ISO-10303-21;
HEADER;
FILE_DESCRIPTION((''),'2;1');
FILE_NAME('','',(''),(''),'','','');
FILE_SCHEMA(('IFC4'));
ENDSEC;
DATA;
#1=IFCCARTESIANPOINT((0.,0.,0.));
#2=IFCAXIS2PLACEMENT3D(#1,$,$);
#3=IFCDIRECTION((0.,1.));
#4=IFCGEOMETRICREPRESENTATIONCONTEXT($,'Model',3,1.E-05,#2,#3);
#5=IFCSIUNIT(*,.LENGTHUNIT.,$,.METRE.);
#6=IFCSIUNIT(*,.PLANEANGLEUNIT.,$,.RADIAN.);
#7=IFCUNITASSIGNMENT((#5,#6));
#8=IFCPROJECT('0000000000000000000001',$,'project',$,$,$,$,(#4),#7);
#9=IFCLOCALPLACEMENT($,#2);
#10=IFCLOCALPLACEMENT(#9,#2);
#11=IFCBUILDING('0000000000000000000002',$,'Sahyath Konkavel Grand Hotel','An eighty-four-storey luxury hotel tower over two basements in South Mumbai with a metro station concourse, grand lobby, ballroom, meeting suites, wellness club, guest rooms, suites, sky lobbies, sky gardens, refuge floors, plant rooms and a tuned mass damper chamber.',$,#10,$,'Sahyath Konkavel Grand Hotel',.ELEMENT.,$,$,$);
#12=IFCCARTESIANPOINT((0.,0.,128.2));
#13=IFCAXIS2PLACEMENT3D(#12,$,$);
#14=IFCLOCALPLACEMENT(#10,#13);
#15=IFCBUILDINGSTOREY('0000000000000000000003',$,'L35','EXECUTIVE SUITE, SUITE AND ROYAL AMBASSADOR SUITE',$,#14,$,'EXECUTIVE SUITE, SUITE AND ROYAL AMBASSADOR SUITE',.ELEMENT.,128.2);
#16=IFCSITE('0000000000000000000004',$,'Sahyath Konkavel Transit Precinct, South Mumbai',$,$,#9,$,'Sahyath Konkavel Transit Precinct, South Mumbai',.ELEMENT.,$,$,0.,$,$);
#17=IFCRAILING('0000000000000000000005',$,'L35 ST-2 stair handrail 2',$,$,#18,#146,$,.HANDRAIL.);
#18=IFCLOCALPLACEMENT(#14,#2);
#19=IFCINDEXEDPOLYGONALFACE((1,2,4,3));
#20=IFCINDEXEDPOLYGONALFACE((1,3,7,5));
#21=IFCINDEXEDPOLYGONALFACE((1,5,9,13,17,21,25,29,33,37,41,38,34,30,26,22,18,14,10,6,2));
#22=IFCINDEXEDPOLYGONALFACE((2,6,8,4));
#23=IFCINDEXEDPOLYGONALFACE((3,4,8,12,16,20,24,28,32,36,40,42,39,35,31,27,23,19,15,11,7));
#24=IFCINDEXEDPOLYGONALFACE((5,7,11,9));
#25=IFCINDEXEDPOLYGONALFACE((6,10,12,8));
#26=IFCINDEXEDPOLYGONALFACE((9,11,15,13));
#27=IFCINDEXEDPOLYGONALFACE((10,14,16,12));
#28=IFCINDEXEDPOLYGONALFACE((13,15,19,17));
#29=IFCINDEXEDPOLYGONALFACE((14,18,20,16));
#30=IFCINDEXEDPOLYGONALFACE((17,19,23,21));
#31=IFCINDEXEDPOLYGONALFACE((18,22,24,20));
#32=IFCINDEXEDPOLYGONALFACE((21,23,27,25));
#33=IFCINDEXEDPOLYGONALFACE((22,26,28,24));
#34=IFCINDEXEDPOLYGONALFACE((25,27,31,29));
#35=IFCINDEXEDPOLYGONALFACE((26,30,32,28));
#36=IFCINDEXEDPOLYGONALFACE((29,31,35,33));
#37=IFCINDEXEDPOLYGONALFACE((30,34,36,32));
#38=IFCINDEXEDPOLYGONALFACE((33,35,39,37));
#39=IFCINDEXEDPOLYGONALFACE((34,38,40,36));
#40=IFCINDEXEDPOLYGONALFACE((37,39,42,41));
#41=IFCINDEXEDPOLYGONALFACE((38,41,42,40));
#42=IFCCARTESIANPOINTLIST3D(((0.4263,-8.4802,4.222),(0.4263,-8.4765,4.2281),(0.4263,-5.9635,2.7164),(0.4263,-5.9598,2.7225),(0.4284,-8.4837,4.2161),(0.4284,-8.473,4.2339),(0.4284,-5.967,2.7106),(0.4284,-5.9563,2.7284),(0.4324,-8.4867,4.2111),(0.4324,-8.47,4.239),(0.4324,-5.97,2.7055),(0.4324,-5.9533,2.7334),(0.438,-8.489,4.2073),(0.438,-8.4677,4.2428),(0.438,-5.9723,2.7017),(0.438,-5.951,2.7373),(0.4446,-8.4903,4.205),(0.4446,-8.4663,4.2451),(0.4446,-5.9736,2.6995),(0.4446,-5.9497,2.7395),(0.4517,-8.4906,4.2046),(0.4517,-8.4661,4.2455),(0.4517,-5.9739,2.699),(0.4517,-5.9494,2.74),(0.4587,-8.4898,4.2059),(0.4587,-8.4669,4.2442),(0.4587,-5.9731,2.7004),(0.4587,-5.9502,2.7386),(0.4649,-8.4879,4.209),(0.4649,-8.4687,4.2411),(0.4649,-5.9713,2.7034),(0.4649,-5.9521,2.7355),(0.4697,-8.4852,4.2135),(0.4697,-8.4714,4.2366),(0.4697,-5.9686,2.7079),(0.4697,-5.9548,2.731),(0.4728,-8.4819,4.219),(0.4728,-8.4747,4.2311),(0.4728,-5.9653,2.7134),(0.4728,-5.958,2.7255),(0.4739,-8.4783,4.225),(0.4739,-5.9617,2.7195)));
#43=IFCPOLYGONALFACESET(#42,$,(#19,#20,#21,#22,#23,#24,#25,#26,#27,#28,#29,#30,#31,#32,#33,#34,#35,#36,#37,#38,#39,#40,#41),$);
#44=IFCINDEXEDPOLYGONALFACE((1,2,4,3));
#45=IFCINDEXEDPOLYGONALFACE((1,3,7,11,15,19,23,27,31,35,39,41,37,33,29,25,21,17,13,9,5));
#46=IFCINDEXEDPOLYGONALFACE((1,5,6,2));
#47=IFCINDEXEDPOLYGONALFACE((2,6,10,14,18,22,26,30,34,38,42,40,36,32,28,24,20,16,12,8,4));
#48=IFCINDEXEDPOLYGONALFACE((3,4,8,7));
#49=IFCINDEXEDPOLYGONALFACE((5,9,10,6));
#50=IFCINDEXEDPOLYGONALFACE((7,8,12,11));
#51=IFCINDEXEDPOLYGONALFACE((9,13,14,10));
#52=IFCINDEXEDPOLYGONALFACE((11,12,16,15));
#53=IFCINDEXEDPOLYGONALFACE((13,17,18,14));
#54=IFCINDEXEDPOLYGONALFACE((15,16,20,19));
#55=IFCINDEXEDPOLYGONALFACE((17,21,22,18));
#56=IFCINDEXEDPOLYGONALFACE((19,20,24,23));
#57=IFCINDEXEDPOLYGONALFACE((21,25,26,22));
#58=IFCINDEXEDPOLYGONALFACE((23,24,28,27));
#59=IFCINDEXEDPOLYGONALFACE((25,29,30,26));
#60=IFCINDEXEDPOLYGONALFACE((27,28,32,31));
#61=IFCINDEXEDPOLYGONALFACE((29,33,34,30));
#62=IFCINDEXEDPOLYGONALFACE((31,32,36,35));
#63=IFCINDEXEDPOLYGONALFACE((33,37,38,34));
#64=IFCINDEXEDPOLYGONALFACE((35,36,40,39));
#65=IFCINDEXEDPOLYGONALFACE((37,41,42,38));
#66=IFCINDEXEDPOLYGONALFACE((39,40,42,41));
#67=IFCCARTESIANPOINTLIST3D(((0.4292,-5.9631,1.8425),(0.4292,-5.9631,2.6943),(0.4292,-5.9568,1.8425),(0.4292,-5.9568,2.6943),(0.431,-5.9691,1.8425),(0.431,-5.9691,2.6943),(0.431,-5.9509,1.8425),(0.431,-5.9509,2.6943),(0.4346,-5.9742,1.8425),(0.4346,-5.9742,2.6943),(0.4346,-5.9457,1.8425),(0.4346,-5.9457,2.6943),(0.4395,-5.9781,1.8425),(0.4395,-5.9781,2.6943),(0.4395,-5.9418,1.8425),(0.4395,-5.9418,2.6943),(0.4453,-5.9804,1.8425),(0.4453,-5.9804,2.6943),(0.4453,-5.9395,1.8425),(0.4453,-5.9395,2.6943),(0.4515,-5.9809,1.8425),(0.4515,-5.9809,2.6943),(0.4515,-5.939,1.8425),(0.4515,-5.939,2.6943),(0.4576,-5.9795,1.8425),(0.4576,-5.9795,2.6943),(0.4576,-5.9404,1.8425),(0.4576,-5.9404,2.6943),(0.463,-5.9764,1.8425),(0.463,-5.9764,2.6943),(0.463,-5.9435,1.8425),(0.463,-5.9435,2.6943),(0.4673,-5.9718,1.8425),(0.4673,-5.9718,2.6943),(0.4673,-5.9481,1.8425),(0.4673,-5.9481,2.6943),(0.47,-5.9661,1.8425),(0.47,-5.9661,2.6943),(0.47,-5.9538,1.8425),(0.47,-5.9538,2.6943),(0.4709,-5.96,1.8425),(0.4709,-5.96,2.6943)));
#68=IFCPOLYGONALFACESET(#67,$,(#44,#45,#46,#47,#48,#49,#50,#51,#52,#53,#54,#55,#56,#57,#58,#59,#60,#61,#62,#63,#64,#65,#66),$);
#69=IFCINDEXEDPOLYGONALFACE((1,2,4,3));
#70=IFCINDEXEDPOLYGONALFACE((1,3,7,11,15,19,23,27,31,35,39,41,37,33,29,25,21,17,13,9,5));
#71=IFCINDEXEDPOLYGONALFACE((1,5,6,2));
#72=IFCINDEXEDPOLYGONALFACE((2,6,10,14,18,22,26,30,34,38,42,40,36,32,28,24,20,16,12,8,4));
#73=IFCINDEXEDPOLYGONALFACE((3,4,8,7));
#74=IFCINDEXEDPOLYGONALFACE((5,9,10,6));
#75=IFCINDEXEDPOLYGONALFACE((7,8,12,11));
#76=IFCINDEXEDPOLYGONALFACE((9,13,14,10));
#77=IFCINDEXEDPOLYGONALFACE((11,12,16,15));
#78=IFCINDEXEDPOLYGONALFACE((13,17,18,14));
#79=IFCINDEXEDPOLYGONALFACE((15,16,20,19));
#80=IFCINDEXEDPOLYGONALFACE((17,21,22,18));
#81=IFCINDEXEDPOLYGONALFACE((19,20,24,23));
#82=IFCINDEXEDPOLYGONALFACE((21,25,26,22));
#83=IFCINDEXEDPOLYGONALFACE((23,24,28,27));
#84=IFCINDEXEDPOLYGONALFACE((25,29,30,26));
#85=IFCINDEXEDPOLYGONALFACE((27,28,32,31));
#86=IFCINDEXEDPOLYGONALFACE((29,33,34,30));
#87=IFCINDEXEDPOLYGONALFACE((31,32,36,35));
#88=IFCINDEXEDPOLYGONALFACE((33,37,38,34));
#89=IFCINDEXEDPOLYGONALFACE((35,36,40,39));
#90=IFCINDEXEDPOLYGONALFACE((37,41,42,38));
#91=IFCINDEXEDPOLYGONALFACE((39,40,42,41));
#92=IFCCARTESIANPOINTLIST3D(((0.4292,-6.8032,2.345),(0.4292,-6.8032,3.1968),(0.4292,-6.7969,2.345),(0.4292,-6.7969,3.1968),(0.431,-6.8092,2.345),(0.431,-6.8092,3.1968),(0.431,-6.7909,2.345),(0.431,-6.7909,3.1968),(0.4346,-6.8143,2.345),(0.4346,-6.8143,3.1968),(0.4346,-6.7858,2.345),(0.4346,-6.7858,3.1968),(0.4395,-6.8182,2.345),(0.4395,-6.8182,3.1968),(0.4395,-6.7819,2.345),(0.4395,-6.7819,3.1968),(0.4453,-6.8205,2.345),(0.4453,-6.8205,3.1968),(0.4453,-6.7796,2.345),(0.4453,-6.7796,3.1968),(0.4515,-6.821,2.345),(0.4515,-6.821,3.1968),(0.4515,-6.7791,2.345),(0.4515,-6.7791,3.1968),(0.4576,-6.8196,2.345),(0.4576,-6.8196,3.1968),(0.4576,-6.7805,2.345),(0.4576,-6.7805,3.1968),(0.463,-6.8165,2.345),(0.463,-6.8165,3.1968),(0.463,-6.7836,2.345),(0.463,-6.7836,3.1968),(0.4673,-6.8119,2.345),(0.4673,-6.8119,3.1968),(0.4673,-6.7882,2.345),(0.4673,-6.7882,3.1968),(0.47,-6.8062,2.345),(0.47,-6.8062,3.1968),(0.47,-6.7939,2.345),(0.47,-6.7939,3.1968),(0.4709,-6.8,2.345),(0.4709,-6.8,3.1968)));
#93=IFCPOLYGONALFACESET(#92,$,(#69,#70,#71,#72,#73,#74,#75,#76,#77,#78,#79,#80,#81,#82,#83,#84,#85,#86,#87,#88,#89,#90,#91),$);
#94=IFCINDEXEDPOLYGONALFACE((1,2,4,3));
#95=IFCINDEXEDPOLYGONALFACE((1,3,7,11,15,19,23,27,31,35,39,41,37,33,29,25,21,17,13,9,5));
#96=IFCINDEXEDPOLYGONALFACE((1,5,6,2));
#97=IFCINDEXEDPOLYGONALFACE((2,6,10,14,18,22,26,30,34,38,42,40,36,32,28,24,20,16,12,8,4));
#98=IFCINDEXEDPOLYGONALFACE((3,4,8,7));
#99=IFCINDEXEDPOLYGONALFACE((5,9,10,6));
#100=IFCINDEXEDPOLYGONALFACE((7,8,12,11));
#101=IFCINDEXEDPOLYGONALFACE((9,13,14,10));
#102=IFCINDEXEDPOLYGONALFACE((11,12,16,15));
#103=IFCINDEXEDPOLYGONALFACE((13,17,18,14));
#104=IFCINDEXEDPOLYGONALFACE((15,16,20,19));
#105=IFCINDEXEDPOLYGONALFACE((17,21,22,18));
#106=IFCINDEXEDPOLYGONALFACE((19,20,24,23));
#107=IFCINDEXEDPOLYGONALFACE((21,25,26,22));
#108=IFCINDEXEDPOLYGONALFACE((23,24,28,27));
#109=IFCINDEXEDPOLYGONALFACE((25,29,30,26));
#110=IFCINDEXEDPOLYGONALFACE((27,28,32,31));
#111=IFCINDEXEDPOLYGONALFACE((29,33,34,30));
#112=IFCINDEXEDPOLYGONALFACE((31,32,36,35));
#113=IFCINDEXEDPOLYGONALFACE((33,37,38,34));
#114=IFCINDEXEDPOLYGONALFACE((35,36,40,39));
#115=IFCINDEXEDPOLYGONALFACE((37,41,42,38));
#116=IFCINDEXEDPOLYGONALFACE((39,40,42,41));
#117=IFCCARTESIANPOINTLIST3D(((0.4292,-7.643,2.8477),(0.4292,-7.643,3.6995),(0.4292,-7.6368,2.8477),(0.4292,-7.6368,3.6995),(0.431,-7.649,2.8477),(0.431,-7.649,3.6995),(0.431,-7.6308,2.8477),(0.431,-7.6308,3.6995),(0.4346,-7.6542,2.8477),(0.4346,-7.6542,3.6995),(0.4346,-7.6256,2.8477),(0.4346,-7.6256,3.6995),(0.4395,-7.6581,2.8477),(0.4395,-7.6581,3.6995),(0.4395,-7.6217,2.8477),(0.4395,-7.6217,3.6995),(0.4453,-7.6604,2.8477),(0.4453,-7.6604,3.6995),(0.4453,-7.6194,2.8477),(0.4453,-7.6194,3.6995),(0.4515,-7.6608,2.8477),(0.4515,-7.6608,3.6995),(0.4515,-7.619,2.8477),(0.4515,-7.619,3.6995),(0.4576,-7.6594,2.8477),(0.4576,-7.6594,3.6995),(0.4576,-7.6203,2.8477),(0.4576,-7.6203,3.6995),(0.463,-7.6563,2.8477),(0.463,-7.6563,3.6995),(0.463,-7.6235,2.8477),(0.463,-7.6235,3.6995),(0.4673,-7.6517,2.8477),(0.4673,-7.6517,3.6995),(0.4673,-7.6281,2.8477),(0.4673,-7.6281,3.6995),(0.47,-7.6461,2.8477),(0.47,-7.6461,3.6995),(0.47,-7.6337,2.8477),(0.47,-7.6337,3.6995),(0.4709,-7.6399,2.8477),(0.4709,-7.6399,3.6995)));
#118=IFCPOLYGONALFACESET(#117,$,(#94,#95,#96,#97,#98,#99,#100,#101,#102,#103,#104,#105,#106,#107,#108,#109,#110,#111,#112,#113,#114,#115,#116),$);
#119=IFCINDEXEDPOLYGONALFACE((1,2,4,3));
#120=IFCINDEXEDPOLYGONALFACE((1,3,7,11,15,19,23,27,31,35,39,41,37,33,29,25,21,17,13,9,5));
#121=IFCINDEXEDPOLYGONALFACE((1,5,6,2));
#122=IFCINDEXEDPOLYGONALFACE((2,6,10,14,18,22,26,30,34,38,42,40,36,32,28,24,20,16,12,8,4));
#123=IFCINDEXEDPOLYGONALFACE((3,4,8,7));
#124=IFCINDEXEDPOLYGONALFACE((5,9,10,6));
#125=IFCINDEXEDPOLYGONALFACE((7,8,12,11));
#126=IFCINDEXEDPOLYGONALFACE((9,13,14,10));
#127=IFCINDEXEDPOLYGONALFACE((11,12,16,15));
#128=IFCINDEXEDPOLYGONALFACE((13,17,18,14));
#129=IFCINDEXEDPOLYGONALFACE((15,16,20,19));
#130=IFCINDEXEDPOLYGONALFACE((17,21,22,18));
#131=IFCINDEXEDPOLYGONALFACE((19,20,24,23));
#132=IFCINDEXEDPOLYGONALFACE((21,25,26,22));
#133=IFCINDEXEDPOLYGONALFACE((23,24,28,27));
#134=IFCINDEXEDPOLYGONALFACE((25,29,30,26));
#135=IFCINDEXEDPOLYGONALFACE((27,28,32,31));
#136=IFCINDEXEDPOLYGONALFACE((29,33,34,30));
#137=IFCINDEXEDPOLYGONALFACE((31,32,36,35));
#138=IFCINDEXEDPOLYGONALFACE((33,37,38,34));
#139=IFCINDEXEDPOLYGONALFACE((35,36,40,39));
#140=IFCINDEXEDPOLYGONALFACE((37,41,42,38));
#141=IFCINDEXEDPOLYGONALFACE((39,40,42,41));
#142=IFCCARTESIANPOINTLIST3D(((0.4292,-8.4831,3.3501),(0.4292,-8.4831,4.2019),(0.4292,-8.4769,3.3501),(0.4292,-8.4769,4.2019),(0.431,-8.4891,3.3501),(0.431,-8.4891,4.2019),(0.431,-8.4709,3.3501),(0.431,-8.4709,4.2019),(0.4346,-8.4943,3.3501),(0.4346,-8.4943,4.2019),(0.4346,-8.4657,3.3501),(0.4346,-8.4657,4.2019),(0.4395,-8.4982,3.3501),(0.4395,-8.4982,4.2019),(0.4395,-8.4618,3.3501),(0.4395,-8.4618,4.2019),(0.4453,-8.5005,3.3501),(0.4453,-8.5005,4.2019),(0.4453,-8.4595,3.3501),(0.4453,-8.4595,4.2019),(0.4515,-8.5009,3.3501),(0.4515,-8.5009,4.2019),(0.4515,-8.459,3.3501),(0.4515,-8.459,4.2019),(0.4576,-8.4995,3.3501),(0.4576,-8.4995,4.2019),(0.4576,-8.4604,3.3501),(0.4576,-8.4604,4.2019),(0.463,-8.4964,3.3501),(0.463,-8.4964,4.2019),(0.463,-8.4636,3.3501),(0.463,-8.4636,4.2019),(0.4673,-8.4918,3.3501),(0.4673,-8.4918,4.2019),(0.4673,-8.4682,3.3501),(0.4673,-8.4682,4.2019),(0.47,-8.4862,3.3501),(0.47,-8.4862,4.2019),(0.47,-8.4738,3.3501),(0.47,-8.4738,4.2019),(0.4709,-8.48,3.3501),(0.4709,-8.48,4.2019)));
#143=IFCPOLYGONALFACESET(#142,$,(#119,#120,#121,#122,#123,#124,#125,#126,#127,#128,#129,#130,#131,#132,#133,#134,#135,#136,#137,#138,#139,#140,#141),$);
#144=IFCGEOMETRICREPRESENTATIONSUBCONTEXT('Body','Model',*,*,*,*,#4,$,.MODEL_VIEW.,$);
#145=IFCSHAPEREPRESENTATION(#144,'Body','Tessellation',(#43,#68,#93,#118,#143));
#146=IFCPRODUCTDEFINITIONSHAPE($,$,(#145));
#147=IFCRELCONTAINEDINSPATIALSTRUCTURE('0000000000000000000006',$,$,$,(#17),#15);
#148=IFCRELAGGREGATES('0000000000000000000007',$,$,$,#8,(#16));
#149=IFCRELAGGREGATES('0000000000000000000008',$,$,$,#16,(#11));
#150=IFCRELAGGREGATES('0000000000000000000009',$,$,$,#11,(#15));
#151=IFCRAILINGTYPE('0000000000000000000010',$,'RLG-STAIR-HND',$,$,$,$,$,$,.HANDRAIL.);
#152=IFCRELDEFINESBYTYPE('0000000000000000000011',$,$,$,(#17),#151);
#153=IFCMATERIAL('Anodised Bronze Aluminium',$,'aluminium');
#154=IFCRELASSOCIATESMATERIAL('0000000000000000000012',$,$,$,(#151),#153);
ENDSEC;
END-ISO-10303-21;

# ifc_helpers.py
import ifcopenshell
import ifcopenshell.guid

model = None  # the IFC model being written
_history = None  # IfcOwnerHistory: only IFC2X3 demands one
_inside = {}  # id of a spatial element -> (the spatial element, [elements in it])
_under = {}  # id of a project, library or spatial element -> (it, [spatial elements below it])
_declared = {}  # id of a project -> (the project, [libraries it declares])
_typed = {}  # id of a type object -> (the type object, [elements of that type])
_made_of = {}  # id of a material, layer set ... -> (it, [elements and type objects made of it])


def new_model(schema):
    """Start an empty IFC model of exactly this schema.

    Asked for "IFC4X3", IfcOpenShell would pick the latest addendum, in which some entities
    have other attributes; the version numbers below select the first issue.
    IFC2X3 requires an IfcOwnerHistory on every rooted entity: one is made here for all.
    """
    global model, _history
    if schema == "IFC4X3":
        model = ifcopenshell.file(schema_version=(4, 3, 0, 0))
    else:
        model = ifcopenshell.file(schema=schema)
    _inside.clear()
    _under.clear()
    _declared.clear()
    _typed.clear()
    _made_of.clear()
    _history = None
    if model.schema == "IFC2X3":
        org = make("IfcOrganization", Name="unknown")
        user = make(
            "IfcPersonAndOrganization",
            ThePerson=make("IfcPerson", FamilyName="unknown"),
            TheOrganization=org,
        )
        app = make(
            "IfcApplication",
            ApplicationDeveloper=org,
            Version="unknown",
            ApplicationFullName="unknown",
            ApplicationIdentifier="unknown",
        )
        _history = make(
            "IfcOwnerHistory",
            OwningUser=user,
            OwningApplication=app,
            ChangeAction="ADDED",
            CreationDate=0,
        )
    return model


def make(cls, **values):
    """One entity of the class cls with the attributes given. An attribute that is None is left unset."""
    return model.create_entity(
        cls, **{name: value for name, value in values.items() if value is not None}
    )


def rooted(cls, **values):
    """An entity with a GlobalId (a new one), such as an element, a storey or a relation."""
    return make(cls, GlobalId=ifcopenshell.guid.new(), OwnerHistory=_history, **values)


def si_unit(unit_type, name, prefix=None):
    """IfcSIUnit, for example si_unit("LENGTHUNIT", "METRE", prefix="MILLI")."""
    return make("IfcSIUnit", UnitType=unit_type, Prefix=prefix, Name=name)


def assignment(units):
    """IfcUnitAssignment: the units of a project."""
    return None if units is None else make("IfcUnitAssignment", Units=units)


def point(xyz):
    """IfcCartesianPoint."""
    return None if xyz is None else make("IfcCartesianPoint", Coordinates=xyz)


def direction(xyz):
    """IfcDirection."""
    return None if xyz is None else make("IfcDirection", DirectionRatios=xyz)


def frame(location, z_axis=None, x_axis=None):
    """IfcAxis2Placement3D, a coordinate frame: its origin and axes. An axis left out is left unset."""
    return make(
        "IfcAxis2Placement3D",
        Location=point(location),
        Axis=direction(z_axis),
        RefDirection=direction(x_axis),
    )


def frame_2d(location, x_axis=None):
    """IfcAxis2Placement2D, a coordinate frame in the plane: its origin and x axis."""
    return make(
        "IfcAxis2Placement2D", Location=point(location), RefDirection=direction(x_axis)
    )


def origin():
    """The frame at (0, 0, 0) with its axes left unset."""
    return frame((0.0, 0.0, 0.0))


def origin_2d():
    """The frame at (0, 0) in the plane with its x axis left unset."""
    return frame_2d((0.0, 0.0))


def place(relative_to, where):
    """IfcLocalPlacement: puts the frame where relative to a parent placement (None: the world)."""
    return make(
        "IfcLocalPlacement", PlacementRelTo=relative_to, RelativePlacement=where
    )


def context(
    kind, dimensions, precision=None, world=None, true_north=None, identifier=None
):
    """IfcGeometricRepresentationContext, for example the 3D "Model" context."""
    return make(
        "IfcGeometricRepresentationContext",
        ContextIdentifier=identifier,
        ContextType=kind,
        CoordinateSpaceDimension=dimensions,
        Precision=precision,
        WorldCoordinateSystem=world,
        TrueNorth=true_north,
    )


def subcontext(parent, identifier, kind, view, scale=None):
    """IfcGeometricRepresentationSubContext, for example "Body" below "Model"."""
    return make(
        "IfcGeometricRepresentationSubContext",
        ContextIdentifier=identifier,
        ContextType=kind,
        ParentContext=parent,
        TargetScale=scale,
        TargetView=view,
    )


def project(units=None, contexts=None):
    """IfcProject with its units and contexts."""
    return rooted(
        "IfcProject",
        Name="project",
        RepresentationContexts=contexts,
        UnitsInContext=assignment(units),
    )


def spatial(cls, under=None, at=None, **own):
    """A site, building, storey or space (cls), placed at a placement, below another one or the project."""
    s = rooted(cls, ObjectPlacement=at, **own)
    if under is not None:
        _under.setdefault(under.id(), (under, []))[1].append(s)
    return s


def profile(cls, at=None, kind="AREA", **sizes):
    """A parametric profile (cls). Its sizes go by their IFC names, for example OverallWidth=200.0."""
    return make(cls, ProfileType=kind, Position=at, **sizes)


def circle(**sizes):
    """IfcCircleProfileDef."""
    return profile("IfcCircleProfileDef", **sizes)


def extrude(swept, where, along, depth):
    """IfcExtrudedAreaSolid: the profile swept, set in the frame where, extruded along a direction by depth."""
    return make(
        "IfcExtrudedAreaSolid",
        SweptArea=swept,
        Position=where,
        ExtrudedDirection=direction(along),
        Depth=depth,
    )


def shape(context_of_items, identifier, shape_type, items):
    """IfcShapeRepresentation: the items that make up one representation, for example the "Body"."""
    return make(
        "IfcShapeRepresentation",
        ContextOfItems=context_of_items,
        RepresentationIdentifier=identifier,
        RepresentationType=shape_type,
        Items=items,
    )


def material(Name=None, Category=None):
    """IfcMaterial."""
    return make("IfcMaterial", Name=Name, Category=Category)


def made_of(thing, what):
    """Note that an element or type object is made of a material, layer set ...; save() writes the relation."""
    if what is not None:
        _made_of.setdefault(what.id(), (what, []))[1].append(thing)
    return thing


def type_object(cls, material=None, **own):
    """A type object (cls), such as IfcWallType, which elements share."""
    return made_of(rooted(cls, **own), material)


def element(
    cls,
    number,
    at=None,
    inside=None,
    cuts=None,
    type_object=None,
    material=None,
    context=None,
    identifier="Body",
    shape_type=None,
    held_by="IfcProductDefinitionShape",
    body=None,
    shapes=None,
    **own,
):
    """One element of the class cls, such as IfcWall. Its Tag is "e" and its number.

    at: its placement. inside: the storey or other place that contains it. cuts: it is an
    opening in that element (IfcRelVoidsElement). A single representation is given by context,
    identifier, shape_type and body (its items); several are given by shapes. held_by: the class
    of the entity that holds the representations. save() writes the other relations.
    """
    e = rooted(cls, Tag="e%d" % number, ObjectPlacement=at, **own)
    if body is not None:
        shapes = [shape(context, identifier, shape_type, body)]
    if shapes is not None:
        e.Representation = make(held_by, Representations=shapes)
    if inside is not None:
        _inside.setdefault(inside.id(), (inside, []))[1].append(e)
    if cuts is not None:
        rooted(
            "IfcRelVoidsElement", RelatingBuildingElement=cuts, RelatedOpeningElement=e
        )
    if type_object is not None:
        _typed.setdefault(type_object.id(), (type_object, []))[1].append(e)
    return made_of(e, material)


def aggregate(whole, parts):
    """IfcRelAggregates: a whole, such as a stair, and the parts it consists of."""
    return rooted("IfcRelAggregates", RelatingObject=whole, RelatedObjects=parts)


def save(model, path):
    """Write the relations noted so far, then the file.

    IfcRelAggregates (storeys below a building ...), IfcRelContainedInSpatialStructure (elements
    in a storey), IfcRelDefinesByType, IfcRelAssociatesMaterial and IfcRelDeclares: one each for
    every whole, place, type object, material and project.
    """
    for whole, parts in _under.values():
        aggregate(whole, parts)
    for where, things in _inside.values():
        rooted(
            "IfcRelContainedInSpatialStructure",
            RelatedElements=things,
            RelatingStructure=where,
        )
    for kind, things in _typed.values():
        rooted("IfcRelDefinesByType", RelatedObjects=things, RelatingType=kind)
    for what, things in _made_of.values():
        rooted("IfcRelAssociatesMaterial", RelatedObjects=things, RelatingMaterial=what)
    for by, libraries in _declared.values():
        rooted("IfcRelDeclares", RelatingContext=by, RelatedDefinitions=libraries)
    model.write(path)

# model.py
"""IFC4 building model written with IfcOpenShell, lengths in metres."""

from ifc_helpers import new_model, si_unit, direction, frame, origin, origin_2d, place, context, subcontext, project, spatial, circle, extrude, material, type_object, element, save


model = new_model("IFC4")

# Units and contexts
model_context = context("Model", 3, precision=1e-05, world=origin(), true_north=direction((0.0, 1.0)))
body_context = subcontext(model_context, "Body", "Model", "MODEL_VIEW")
ifc_project = project(units=[si_unit("LENGTHUNIT", "METRE"), si_unit("PLANEANGLEUNIT", "RADIAN")], contexts=[model_context])

# Site, building, storey
site_placement = place(None, origin())
site = spatial("IfcSite", under=ifc_project, at=site_placement, Name="Sahyath Konkavel Transit Precinct, South Mumbai", LongName="Sahyath Konkavel Transit Precinct, South Mumbai", CompositionType="ELEMENT", RefElevation=0.0)
building_placement = place(site_placement, origin())
building = spatial("IfcBuilding", under=site, at=building_placement, Name="Sahyath Konkavel Grand Hotel", Description="An eighty-four-storey luxury hotel tower over two basements in South Mumbai with a metro station concourse, grand lobby, ballroom, meeting suites, wellness club, guest rooms, suites, sky lobbies, sky gardens, refuge floors, plant rooms and a tuned mass damper chamber.", LongName="Sahyath Konkavel Grand Hotel", CompositionType="ELEMENT")
storey_placement = place(building_placement, frame((0.0, 0.0, 128.2)))
storey = spatial("IfcBuildingStorey", under=building, at=storey_placement, Name="L35", Description="EXECUTIVE SUITE, SUITE AND ROYAL AMBASSADOR SUITE", LongName="EXECUTIVE SUITE, SUITE AND ROYAL AMBASSADOR SUITE", CompositionType="ELEMENT", Elevation=128.2)

# Shared definitions
ifc_material_1 = material(Name="Anodised Bronze Aluminium", Category="aluminium")

# Railing
railing_type_1 = type_object("IfcRailingType", Name="RLG-STAIR-HND", PredefinedType="HANDRAIL", material=ifc_material_1)
railing_1_placement = place(storey_placement, frame((0.45, -5.96, 1.8425)))
element("IfcRailing", 1, at=railing_1_placement, inside=storey, type_object=railing_type_1, Name="L35 ST-2 stair handrail 2", PredefinedType="HANDRAIL", context=body_context, shape_type="SweptSolid", body=[
    extrude(circle(Radius=0.0239, at=origin_2d()), frame((0.0, -0.0017, 0.877), z_axis=(0.0, -0.85816, 0.513383), x_axis=(1.0, 0.0, 0.0)), (0.0, 0.0, 1.0), 2.9326),
    extrude(circle(Radius=0.021, at=origin_2d()), origin(), (0.0, 0.0, 1.0), 0.8518),
    extrude(circle(Radius=0.021, at=origin_2d()), frame((0.0, -0.8401, 0.5024)), (0.0, 0.0, 1.0), 0.8518),
    extrude(circle(Radius=0.021, at=origin_2d()), frame((0.0, -1.6799, 1.0051)), (0.0, 0.0, 1.0), 0.8518),
    extrude(circle(Radius=0.021, at=origin_2d()), frame((0.0, -2.52, 1.5076)), (0.0, 0.0, 1.0), 0.8518),
])

save(model, "model.ifc")
